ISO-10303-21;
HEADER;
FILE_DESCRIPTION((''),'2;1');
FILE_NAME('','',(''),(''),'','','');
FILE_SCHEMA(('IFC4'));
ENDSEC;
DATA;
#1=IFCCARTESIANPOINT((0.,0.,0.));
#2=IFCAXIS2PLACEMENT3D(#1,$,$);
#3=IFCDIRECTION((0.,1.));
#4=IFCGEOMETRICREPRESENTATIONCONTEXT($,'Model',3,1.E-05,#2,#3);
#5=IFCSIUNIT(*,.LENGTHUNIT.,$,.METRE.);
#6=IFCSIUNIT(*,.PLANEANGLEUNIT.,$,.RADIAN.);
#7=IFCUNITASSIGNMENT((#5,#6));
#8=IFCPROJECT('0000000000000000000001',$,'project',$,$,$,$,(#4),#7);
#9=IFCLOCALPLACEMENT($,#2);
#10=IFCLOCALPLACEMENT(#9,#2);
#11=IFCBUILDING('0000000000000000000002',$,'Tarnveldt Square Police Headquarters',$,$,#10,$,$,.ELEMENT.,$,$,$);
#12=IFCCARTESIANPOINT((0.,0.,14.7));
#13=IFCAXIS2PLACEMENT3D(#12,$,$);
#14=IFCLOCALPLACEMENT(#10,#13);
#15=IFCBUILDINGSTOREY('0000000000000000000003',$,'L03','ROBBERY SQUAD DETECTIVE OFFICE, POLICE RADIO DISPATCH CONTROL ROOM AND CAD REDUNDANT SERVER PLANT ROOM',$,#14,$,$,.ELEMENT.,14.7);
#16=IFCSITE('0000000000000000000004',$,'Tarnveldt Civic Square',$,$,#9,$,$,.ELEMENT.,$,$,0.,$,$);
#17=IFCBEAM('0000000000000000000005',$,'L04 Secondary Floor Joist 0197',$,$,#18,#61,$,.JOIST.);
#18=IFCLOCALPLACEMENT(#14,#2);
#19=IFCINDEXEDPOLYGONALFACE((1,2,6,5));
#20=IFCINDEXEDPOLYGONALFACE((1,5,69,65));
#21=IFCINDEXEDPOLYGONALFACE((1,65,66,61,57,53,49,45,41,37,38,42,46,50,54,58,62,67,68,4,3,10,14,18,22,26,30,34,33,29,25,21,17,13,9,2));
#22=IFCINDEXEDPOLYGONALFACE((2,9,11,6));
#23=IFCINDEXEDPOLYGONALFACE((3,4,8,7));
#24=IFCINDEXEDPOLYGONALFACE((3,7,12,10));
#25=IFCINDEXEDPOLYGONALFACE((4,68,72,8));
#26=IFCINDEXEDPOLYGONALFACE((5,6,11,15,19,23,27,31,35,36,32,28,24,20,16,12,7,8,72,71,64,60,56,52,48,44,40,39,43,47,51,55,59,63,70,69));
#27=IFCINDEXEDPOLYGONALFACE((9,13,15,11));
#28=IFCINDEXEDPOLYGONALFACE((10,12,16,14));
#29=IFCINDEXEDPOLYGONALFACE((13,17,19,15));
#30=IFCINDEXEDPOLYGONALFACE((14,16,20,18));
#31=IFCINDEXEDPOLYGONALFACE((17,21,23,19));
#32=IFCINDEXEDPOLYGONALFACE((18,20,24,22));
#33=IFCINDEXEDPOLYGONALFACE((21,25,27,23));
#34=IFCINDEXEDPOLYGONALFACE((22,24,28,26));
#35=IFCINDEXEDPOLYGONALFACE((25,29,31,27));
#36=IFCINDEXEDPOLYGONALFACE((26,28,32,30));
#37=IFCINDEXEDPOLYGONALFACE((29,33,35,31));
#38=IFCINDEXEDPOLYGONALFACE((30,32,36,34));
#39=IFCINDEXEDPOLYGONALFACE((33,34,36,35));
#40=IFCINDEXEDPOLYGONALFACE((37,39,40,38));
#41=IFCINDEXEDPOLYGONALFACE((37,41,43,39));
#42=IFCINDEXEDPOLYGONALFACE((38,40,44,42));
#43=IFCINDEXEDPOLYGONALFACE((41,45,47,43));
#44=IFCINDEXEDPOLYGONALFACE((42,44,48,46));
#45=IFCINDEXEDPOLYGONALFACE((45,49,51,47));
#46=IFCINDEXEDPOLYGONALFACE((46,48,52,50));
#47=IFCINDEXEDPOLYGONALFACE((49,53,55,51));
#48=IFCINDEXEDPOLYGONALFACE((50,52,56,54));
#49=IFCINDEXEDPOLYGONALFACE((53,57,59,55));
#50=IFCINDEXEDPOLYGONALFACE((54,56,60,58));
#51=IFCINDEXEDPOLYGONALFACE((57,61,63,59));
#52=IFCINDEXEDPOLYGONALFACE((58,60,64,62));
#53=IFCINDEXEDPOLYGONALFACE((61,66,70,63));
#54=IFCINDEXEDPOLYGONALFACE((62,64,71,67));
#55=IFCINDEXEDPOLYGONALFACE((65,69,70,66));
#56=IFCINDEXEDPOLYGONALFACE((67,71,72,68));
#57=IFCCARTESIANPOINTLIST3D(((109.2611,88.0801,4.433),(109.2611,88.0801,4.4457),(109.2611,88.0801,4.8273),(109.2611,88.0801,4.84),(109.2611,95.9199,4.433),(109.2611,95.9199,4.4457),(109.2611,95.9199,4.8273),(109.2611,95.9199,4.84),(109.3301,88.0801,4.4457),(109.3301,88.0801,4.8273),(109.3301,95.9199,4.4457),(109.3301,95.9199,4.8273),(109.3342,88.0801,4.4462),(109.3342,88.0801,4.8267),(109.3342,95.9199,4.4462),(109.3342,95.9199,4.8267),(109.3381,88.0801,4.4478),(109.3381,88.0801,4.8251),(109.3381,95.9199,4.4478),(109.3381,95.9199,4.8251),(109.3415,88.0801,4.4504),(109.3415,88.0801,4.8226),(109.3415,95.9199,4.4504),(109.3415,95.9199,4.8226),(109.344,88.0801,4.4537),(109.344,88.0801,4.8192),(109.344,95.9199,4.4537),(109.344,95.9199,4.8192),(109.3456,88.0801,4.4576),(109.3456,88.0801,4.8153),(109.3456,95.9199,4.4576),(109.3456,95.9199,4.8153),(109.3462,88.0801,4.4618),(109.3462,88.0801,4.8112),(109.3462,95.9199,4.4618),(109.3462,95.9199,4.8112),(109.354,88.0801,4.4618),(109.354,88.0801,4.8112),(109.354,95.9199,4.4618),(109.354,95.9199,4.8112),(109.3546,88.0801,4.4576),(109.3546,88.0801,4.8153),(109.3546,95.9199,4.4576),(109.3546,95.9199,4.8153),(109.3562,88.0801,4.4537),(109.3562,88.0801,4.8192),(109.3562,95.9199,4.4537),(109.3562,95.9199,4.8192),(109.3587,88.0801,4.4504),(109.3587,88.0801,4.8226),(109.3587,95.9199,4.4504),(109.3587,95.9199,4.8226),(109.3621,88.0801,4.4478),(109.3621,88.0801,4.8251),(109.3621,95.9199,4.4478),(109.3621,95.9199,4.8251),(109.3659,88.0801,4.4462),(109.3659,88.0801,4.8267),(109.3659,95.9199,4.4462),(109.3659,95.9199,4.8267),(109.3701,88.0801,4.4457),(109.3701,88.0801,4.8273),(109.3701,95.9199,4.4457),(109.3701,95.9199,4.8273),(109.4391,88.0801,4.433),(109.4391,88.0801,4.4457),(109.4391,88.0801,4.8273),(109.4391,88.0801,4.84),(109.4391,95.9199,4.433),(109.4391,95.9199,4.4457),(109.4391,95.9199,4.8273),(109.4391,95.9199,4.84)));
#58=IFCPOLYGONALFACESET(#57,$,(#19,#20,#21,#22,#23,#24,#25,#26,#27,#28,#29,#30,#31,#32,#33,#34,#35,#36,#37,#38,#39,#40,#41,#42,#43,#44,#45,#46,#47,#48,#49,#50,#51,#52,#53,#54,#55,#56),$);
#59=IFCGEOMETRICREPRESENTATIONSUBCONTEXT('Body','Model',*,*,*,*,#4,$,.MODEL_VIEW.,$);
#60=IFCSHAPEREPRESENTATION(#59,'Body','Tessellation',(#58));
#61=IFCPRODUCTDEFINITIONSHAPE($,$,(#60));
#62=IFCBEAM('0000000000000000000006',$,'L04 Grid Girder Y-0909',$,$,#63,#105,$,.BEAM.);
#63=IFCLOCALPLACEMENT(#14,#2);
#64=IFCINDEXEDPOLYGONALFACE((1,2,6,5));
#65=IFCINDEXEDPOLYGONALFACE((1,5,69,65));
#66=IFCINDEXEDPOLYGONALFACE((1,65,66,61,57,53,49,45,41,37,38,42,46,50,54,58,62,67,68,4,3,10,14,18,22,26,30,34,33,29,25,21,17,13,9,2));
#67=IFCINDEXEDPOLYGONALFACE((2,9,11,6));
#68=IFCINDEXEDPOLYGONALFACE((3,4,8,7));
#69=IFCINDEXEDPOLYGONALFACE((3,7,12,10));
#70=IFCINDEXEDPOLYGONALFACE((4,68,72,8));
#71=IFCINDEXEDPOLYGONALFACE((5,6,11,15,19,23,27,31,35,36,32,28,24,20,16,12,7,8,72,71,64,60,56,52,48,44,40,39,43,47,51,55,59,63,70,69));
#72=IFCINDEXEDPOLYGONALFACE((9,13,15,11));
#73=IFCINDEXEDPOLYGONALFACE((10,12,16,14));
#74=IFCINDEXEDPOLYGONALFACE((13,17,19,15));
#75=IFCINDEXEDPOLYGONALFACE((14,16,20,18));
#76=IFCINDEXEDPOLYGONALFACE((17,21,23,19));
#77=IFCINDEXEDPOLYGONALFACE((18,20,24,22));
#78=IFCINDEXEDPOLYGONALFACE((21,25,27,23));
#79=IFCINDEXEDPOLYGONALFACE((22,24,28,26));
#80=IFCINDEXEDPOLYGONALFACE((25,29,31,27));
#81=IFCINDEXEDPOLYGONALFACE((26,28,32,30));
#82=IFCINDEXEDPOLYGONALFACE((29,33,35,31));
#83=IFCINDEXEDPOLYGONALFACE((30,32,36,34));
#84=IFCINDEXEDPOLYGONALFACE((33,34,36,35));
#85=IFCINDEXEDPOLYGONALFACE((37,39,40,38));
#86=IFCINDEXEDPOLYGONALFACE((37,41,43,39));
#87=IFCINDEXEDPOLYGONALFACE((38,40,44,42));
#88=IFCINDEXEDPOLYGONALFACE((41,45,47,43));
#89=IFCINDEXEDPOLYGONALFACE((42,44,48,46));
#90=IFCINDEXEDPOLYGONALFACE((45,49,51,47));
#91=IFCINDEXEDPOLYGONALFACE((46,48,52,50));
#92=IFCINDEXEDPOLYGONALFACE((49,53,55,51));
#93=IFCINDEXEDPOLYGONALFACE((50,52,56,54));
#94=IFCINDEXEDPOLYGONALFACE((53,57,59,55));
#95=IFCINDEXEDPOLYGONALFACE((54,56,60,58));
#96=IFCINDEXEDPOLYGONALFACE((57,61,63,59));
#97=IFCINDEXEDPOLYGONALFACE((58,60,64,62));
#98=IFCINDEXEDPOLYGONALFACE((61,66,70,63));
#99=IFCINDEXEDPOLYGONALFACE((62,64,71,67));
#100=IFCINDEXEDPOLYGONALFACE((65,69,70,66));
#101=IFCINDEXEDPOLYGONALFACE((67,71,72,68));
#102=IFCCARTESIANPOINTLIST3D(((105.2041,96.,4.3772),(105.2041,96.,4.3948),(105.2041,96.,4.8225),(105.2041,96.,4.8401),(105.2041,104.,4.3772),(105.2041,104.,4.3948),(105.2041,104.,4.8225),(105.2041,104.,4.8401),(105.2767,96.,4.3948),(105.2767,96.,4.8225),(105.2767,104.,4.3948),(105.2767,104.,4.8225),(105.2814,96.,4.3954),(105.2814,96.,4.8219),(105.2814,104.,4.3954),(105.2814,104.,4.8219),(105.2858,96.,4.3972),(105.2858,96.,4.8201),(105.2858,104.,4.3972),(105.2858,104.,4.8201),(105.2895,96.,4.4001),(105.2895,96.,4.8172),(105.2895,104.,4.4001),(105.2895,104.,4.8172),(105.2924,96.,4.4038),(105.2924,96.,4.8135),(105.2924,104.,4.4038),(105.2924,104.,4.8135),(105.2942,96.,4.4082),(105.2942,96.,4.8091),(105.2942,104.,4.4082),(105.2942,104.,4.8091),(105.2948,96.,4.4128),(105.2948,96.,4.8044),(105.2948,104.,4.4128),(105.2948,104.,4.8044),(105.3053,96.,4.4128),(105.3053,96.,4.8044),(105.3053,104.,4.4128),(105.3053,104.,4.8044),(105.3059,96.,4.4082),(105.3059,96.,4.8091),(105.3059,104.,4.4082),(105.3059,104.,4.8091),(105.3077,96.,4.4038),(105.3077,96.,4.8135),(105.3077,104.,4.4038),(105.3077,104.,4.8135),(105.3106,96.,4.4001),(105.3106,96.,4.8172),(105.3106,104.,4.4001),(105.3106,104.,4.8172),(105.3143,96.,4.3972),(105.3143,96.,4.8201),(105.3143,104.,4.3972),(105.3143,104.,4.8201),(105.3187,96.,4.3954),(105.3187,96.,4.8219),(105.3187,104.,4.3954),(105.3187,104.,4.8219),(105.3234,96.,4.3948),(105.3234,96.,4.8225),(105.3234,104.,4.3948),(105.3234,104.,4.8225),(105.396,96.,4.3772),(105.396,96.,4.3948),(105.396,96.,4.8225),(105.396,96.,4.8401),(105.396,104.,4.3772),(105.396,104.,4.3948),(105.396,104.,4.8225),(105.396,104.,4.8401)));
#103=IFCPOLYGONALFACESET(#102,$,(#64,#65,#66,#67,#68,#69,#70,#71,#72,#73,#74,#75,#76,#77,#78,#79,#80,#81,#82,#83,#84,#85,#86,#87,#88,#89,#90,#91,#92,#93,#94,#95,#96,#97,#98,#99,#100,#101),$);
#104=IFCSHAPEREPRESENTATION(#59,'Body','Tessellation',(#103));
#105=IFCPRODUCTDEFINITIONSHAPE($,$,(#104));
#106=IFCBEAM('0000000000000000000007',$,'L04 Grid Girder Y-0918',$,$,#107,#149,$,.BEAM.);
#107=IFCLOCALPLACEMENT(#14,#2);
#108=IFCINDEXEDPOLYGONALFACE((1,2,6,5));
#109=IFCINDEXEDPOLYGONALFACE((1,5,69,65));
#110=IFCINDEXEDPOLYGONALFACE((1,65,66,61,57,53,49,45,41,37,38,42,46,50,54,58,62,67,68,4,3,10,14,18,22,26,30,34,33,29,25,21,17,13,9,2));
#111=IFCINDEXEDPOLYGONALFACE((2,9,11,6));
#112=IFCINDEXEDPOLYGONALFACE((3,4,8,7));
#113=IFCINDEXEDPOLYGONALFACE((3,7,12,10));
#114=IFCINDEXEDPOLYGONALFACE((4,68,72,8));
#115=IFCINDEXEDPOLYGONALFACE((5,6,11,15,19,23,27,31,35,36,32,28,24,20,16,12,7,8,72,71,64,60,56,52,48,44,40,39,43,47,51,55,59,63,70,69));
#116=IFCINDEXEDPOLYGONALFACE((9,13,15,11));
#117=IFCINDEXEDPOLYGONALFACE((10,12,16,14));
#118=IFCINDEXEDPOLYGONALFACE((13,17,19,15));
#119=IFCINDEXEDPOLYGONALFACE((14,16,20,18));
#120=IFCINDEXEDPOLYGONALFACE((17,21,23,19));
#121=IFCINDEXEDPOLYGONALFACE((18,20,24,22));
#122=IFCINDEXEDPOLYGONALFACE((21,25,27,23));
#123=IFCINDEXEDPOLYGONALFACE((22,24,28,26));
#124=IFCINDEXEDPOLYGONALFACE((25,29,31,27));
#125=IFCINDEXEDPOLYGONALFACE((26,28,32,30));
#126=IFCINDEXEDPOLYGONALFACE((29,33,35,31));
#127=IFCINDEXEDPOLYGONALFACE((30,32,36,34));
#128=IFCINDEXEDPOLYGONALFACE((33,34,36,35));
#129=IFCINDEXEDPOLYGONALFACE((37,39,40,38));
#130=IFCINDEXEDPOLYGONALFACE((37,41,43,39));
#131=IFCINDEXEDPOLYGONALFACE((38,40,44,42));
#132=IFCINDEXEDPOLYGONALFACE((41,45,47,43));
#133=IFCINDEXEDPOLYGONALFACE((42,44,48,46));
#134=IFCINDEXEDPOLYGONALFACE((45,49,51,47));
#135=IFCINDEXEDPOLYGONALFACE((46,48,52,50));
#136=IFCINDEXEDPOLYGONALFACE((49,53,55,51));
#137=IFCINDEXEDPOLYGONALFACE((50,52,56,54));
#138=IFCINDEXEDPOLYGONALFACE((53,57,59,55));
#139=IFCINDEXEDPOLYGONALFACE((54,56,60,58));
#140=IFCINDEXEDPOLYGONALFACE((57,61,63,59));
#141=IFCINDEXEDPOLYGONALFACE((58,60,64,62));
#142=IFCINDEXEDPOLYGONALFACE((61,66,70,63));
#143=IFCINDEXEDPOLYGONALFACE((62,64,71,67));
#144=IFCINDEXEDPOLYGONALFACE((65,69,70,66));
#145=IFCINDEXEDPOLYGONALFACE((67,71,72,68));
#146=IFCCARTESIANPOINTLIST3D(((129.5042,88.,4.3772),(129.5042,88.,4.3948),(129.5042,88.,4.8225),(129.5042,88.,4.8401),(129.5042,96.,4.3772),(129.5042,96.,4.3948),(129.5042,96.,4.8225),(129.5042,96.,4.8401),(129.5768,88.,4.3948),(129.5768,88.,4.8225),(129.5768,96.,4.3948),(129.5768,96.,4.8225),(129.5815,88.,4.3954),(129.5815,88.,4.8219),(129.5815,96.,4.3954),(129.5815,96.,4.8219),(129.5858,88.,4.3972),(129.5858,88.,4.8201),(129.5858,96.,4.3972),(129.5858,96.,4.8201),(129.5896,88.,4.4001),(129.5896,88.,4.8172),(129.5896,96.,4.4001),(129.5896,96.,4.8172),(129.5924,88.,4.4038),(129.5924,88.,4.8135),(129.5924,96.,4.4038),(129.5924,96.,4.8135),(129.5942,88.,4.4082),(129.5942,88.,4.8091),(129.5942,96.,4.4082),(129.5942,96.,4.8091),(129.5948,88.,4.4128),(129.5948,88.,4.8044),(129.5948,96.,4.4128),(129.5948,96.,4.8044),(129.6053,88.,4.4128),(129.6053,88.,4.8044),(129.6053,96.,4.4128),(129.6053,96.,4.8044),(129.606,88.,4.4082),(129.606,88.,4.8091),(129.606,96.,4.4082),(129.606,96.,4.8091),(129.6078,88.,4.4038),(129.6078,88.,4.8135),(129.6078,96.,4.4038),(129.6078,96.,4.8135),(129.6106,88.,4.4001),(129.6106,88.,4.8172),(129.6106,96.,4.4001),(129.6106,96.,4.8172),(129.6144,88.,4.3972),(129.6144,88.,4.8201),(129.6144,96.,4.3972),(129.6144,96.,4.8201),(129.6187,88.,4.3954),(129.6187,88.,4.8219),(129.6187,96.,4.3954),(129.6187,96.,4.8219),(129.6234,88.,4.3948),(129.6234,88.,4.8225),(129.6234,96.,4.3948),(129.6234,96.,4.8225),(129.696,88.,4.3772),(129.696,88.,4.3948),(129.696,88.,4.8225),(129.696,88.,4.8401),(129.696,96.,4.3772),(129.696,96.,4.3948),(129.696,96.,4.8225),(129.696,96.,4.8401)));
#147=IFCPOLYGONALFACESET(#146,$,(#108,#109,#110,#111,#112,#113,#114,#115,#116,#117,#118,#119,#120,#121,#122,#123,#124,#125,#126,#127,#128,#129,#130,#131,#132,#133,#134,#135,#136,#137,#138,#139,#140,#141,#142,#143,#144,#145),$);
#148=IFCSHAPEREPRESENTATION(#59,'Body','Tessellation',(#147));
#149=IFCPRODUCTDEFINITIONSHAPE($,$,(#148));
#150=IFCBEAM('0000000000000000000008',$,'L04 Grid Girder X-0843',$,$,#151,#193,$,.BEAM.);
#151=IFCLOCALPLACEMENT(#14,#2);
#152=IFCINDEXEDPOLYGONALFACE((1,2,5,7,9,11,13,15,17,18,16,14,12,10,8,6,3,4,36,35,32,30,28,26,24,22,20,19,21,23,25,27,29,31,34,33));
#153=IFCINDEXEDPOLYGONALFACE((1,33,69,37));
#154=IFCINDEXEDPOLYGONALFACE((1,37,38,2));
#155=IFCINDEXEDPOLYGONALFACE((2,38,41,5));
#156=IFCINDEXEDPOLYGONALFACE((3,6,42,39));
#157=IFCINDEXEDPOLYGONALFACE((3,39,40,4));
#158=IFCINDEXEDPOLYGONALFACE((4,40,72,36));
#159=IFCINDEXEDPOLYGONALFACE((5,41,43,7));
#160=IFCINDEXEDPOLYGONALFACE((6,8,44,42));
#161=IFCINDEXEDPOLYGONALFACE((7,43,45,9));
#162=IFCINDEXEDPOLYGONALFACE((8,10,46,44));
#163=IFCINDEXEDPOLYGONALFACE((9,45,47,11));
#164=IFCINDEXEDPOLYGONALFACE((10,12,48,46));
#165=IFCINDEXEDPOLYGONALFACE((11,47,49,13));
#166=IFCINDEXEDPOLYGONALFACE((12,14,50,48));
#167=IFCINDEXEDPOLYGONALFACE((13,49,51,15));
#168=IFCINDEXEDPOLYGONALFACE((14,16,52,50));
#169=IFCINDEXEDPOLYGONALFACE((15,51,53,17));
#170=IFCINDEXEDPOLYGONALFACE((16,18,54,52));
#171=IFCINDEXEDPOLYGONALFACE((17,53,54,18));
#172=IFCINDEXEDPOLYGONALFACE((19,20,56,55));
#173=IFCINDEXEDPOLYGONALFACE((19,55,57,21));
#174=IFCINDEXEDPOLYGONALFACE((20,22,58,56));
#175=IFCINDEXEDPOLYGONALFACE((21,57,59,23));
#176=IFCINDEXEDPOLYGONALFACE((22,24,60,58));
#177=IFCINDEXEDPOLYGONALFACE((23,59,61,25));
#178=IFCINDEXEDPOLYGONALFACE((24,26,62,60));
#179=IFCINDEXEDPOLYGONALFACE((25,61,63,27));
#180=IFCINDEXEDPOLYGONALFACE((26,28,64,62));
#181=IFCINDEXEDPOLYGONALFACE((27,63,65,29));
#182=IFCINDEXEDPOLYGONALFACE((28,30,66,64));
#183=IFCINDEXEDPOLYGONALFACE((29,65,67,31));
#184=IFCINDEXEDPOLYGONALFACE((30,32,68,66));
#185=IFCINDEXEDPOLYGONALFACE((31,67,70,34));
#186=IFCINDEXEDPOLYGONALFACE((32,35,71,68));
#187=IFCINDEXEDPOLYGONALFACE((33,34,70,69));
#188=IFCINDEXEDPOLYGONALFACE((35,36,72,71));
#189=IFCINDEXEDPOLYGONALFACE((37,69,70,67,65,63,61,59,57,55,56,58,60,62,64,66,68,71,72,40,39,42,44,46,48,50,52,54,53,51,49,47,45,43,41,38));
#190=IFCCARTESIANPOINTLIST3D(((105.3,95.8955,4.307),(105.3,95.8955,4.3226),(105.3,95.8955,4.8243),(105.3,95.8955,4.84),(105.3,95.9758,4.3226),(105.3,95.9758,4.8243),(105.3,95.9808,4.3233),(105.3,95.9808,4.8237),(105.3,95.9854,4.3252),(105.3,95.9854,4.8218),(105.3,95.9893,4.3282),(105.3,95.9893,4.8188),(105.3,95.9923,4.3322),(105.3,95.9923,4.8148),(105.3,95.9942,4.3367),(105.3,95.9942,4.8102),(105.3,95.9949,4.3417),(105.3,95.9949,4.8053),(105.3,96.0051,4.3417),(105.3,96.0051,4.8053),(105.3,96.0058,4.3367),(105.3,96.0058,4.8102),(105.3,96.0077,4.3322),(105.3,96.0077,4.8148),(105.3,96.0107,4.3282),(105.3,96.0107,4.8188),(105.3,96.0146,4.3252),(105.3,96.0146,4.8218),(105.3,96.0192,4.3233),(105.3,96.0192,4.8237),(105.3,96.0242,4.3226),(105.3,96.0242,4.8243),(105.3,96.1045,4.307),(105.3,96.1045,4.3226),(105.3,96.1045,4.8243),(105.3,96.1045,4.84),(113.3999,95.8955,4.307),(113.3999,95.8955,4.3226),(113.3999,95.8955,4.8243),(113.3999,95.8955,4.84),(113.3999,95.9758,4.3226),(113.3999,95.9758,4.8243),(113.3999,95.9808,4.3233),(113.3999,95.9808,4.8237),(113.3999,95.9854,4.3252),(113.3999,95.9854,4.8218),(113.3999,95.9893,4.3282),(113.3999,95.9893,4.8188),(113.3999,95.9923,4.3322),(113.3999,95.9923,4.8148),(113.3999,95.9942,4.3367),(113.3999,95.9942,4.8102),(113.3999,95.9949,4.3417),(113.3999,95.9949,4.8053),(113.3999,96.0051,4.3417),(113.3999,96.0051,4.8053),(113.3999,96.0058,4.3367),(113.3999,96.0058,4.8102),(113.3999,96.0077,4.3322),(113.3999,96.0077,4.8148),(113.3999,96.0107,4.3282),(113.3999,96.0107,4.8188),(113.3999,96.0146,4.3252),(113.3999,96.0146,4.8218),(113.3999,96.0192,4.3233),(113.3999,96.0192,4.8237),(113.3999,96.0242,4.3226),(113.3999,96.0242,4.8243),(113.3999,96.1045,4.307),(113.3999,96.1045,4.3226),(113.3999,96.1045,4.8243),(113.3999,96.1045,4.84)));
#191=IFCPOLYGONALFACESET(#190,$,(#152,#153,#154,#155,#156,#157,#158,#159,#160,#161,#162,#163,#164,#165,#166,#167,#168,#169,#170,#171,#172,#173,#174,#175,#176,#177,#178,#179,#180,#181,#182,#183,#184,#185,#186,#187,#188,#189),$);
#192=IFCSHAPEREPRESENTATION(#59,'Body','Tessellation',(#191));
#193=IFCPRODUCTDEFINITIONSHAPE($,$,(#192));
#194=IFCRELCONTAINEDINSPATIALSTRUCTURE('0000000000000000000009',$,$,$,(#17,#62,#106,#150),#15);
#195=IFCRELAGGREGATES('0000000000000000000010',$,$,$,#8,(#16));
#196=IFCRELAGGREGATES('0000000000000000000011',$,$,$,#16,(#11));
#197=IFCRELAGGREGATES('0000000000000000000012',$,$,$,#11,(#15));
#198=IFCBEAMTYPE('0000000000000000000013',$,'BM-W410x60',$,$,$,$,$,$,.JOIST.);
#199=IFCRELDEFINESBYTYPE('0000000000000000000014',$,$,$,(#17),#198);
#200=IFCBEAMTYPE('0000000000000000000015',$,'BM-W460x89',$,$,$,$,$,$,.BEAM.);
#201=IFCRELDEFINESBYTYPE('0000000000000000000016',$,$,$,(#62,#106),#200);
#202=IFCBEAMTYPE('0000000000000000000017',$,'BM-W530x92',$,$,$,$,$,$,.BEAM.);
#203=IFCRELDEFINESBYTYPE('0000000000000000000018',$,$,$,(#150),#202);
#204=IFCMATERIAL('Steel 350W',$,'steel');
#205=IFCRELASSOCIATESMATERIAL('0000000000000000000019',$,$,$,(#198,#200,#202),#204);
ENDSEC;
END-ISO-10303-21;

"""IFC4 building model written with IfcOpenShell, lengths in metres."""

from ifc_helpers import new_model, si_unit, direction, frame, origin, origin_2d, place, context, subcontext, project, spatial, i_section, extrude, material, material_profile, profile_set, type_object, element, save


model = new_model("IFC4")

# Units and contexts
model_context = context("Model", 3, precision=1e-05, world=origin(), true_north=direction((0.0, 1.0)))
body_context = subcontext(model_context, "Body", "Model", "MODEL_VIEW")
ifc_project = project(units=[si_unit("LENGTHUNIT", "METRE"), si_unit("PLANEANGLEUNIT", "RADIAN")], contexts=[model_context])

# Site, building, storey
site_placement = place(None, origin())
site = spatial("IfcSite", under=ifc_project, at=site_placement, Name="Tarnveldt Civic Square", CompositionType="ELEMENT", RefElevation=0.0)
building_placement = place(site_placement, origin())
building = spatial("IfcBuilding", under=site, at=building_placement, Name="Tarnveldt Square Police Headquarters", CompositionType="ELEMENT")
storey_placement = place(building_placement, frame((0.0, 0.0, 14.7)))
storey = spatial("IfcBuildingStorey", under=building, at=storey_placement, Name="L03", Description="ROBBERY SQUAD DETECTIVE OFFICE, POLICE RADIO DISPATCH CONTROL ROOM AND CAD REDUNDANT SERVER PLANT ROOM", CompositionType="ELEMENT", Elevation=14.7)

# Shared definitions
ifc_material_1 = material(Name="Steel 350W", Category="steel")

# Beams
ifc_material_profile_1 = material_profile(ifc_material_1, i_section(OverallWidth=0.178, OverallDepth=0.407, WebThickness=0.0078, FlangeThickness=0.0127, FilletRadius=0.0161, at=origin_2d()), Name="W410x60")
ifc_profile_set_1 = profile_set([ifc_material_profile_1], Name="Steel 350W")
beam_type_1 = type_object("IfcBeamType", Name="BM-W410x60", PredefinedType="JOIST", material=ifc_profile_set_1)
beam_1_placement = place(storey_placement, frame((109.3501, 88.0801, 4.6365), z_axis=(0.0, 1.0, 0.0), x_axis=(-1.0, 0.0, 0.0)))
element("IfcBeam", 1, at=beam_1_placement, inside=storey, type_object=beam_type_1, Name="L04 Secondary Floor Joist 0197", PredefinedType="JOIST", context=body_context, shape_type="SweptSolid", body=[
    extrude(i_section(OverallWidth=0.178, OverallDepth=0.407, WebThickness=0.0078, FlangeThickness=0.0127, FilletRadius=0.0161, at=origin_2d()), origin(), (0.0, 0.0, 1.0), 7.8398),
])
ifc_material_profile_2 = material_profile(ifc_material_1, i_section(OverallWidth=0.1919, OverallDepth=0.4629, WebThickness=0.0105, FlangeThickness=0.0176, FilletRadius=0.0181, at=origin_2d()), Name="W460x89")
ifc_profile_set_2 = profile_set([ifc_material_profile_2], Name="Steel 350W")
beam_type_2 = type_object("IfcBeamType", Name="BM-W460x89", PredefinedType="BEAM", material=ifc_profile_set_2)
for number, where, z_axis, x_axis, name in (
    (2, (105.3, 96.0, 4.6086), (0.0, 1.0, 0.0), (-1.0, 0.0, 0.0), "L04 Grid Girder Y-0909"),
    (3, (129.6001, 88.0, 4.6086), (0.0, 1.0, 0.0), (-1.0, 0.0, 0.0), "L04 Grid Girder Y-0918"),
):
    element("IfcBeam", number, at=place(storey_placement, frame(where, z_axis=z_axis, x_axis=x_axis)), inside=storey, type_object=beam_type_2, Name=name, PredefinedType="BEAM", context=body_context, shape_type="SweptSolid", body=[
        extrude(i_section(OverallWidth=0.1919, OverallDepth=0.4629, WebThickness=0.0105, FlangeThickness=0.0176, FilletRadius=0.0181, at=origin_2d()), origin(), (0.0, 0.0, 1.0), 8.0),
    ])
ifc_material_profile_3 = material_profile(ifc_material_1, i_section(OverallWidth=0.209, OverallDepth=0.533, WebThickness=0.0103, FlangeThickness=0.0156, FilletRadius=0.019, at=origin_2d()), Name="W530x92")
ifc_profile_set_3 = profile_set([ifc_material_profile_3], Name="Steel 350W")
beam_type_3 = type_object("IfcBeamType", Name="BM-W530x92", PredefinedType="BEAM", material=ifc_profile_set_3)
beam_2_placement = place(storey_placement, frame((105.3, 96.0, 4.5735), z_axis=(1.0, 0.0, 0.0), x_axis=(0.0, 1.0, 0.0)))
element("IfcBeam", 4, at=beam_2_placement, inside=storey, type_object=beam_type_3, Name="L04 Grid Girder X-0843", PredefinedType="BEAM", context=body_context, shape_type="SweptSolid", body=[
    extrude(i_section(OverallWidth=0.209, OverallDepth=0.533, WebThickness=0.0103, FlangeThickness=0.0156, FilletRadius=0.019, at=origin_2d()), origin(), (0.0, 0.0, 1.0), 8.0999),
])

save(model, "model.ifc")
